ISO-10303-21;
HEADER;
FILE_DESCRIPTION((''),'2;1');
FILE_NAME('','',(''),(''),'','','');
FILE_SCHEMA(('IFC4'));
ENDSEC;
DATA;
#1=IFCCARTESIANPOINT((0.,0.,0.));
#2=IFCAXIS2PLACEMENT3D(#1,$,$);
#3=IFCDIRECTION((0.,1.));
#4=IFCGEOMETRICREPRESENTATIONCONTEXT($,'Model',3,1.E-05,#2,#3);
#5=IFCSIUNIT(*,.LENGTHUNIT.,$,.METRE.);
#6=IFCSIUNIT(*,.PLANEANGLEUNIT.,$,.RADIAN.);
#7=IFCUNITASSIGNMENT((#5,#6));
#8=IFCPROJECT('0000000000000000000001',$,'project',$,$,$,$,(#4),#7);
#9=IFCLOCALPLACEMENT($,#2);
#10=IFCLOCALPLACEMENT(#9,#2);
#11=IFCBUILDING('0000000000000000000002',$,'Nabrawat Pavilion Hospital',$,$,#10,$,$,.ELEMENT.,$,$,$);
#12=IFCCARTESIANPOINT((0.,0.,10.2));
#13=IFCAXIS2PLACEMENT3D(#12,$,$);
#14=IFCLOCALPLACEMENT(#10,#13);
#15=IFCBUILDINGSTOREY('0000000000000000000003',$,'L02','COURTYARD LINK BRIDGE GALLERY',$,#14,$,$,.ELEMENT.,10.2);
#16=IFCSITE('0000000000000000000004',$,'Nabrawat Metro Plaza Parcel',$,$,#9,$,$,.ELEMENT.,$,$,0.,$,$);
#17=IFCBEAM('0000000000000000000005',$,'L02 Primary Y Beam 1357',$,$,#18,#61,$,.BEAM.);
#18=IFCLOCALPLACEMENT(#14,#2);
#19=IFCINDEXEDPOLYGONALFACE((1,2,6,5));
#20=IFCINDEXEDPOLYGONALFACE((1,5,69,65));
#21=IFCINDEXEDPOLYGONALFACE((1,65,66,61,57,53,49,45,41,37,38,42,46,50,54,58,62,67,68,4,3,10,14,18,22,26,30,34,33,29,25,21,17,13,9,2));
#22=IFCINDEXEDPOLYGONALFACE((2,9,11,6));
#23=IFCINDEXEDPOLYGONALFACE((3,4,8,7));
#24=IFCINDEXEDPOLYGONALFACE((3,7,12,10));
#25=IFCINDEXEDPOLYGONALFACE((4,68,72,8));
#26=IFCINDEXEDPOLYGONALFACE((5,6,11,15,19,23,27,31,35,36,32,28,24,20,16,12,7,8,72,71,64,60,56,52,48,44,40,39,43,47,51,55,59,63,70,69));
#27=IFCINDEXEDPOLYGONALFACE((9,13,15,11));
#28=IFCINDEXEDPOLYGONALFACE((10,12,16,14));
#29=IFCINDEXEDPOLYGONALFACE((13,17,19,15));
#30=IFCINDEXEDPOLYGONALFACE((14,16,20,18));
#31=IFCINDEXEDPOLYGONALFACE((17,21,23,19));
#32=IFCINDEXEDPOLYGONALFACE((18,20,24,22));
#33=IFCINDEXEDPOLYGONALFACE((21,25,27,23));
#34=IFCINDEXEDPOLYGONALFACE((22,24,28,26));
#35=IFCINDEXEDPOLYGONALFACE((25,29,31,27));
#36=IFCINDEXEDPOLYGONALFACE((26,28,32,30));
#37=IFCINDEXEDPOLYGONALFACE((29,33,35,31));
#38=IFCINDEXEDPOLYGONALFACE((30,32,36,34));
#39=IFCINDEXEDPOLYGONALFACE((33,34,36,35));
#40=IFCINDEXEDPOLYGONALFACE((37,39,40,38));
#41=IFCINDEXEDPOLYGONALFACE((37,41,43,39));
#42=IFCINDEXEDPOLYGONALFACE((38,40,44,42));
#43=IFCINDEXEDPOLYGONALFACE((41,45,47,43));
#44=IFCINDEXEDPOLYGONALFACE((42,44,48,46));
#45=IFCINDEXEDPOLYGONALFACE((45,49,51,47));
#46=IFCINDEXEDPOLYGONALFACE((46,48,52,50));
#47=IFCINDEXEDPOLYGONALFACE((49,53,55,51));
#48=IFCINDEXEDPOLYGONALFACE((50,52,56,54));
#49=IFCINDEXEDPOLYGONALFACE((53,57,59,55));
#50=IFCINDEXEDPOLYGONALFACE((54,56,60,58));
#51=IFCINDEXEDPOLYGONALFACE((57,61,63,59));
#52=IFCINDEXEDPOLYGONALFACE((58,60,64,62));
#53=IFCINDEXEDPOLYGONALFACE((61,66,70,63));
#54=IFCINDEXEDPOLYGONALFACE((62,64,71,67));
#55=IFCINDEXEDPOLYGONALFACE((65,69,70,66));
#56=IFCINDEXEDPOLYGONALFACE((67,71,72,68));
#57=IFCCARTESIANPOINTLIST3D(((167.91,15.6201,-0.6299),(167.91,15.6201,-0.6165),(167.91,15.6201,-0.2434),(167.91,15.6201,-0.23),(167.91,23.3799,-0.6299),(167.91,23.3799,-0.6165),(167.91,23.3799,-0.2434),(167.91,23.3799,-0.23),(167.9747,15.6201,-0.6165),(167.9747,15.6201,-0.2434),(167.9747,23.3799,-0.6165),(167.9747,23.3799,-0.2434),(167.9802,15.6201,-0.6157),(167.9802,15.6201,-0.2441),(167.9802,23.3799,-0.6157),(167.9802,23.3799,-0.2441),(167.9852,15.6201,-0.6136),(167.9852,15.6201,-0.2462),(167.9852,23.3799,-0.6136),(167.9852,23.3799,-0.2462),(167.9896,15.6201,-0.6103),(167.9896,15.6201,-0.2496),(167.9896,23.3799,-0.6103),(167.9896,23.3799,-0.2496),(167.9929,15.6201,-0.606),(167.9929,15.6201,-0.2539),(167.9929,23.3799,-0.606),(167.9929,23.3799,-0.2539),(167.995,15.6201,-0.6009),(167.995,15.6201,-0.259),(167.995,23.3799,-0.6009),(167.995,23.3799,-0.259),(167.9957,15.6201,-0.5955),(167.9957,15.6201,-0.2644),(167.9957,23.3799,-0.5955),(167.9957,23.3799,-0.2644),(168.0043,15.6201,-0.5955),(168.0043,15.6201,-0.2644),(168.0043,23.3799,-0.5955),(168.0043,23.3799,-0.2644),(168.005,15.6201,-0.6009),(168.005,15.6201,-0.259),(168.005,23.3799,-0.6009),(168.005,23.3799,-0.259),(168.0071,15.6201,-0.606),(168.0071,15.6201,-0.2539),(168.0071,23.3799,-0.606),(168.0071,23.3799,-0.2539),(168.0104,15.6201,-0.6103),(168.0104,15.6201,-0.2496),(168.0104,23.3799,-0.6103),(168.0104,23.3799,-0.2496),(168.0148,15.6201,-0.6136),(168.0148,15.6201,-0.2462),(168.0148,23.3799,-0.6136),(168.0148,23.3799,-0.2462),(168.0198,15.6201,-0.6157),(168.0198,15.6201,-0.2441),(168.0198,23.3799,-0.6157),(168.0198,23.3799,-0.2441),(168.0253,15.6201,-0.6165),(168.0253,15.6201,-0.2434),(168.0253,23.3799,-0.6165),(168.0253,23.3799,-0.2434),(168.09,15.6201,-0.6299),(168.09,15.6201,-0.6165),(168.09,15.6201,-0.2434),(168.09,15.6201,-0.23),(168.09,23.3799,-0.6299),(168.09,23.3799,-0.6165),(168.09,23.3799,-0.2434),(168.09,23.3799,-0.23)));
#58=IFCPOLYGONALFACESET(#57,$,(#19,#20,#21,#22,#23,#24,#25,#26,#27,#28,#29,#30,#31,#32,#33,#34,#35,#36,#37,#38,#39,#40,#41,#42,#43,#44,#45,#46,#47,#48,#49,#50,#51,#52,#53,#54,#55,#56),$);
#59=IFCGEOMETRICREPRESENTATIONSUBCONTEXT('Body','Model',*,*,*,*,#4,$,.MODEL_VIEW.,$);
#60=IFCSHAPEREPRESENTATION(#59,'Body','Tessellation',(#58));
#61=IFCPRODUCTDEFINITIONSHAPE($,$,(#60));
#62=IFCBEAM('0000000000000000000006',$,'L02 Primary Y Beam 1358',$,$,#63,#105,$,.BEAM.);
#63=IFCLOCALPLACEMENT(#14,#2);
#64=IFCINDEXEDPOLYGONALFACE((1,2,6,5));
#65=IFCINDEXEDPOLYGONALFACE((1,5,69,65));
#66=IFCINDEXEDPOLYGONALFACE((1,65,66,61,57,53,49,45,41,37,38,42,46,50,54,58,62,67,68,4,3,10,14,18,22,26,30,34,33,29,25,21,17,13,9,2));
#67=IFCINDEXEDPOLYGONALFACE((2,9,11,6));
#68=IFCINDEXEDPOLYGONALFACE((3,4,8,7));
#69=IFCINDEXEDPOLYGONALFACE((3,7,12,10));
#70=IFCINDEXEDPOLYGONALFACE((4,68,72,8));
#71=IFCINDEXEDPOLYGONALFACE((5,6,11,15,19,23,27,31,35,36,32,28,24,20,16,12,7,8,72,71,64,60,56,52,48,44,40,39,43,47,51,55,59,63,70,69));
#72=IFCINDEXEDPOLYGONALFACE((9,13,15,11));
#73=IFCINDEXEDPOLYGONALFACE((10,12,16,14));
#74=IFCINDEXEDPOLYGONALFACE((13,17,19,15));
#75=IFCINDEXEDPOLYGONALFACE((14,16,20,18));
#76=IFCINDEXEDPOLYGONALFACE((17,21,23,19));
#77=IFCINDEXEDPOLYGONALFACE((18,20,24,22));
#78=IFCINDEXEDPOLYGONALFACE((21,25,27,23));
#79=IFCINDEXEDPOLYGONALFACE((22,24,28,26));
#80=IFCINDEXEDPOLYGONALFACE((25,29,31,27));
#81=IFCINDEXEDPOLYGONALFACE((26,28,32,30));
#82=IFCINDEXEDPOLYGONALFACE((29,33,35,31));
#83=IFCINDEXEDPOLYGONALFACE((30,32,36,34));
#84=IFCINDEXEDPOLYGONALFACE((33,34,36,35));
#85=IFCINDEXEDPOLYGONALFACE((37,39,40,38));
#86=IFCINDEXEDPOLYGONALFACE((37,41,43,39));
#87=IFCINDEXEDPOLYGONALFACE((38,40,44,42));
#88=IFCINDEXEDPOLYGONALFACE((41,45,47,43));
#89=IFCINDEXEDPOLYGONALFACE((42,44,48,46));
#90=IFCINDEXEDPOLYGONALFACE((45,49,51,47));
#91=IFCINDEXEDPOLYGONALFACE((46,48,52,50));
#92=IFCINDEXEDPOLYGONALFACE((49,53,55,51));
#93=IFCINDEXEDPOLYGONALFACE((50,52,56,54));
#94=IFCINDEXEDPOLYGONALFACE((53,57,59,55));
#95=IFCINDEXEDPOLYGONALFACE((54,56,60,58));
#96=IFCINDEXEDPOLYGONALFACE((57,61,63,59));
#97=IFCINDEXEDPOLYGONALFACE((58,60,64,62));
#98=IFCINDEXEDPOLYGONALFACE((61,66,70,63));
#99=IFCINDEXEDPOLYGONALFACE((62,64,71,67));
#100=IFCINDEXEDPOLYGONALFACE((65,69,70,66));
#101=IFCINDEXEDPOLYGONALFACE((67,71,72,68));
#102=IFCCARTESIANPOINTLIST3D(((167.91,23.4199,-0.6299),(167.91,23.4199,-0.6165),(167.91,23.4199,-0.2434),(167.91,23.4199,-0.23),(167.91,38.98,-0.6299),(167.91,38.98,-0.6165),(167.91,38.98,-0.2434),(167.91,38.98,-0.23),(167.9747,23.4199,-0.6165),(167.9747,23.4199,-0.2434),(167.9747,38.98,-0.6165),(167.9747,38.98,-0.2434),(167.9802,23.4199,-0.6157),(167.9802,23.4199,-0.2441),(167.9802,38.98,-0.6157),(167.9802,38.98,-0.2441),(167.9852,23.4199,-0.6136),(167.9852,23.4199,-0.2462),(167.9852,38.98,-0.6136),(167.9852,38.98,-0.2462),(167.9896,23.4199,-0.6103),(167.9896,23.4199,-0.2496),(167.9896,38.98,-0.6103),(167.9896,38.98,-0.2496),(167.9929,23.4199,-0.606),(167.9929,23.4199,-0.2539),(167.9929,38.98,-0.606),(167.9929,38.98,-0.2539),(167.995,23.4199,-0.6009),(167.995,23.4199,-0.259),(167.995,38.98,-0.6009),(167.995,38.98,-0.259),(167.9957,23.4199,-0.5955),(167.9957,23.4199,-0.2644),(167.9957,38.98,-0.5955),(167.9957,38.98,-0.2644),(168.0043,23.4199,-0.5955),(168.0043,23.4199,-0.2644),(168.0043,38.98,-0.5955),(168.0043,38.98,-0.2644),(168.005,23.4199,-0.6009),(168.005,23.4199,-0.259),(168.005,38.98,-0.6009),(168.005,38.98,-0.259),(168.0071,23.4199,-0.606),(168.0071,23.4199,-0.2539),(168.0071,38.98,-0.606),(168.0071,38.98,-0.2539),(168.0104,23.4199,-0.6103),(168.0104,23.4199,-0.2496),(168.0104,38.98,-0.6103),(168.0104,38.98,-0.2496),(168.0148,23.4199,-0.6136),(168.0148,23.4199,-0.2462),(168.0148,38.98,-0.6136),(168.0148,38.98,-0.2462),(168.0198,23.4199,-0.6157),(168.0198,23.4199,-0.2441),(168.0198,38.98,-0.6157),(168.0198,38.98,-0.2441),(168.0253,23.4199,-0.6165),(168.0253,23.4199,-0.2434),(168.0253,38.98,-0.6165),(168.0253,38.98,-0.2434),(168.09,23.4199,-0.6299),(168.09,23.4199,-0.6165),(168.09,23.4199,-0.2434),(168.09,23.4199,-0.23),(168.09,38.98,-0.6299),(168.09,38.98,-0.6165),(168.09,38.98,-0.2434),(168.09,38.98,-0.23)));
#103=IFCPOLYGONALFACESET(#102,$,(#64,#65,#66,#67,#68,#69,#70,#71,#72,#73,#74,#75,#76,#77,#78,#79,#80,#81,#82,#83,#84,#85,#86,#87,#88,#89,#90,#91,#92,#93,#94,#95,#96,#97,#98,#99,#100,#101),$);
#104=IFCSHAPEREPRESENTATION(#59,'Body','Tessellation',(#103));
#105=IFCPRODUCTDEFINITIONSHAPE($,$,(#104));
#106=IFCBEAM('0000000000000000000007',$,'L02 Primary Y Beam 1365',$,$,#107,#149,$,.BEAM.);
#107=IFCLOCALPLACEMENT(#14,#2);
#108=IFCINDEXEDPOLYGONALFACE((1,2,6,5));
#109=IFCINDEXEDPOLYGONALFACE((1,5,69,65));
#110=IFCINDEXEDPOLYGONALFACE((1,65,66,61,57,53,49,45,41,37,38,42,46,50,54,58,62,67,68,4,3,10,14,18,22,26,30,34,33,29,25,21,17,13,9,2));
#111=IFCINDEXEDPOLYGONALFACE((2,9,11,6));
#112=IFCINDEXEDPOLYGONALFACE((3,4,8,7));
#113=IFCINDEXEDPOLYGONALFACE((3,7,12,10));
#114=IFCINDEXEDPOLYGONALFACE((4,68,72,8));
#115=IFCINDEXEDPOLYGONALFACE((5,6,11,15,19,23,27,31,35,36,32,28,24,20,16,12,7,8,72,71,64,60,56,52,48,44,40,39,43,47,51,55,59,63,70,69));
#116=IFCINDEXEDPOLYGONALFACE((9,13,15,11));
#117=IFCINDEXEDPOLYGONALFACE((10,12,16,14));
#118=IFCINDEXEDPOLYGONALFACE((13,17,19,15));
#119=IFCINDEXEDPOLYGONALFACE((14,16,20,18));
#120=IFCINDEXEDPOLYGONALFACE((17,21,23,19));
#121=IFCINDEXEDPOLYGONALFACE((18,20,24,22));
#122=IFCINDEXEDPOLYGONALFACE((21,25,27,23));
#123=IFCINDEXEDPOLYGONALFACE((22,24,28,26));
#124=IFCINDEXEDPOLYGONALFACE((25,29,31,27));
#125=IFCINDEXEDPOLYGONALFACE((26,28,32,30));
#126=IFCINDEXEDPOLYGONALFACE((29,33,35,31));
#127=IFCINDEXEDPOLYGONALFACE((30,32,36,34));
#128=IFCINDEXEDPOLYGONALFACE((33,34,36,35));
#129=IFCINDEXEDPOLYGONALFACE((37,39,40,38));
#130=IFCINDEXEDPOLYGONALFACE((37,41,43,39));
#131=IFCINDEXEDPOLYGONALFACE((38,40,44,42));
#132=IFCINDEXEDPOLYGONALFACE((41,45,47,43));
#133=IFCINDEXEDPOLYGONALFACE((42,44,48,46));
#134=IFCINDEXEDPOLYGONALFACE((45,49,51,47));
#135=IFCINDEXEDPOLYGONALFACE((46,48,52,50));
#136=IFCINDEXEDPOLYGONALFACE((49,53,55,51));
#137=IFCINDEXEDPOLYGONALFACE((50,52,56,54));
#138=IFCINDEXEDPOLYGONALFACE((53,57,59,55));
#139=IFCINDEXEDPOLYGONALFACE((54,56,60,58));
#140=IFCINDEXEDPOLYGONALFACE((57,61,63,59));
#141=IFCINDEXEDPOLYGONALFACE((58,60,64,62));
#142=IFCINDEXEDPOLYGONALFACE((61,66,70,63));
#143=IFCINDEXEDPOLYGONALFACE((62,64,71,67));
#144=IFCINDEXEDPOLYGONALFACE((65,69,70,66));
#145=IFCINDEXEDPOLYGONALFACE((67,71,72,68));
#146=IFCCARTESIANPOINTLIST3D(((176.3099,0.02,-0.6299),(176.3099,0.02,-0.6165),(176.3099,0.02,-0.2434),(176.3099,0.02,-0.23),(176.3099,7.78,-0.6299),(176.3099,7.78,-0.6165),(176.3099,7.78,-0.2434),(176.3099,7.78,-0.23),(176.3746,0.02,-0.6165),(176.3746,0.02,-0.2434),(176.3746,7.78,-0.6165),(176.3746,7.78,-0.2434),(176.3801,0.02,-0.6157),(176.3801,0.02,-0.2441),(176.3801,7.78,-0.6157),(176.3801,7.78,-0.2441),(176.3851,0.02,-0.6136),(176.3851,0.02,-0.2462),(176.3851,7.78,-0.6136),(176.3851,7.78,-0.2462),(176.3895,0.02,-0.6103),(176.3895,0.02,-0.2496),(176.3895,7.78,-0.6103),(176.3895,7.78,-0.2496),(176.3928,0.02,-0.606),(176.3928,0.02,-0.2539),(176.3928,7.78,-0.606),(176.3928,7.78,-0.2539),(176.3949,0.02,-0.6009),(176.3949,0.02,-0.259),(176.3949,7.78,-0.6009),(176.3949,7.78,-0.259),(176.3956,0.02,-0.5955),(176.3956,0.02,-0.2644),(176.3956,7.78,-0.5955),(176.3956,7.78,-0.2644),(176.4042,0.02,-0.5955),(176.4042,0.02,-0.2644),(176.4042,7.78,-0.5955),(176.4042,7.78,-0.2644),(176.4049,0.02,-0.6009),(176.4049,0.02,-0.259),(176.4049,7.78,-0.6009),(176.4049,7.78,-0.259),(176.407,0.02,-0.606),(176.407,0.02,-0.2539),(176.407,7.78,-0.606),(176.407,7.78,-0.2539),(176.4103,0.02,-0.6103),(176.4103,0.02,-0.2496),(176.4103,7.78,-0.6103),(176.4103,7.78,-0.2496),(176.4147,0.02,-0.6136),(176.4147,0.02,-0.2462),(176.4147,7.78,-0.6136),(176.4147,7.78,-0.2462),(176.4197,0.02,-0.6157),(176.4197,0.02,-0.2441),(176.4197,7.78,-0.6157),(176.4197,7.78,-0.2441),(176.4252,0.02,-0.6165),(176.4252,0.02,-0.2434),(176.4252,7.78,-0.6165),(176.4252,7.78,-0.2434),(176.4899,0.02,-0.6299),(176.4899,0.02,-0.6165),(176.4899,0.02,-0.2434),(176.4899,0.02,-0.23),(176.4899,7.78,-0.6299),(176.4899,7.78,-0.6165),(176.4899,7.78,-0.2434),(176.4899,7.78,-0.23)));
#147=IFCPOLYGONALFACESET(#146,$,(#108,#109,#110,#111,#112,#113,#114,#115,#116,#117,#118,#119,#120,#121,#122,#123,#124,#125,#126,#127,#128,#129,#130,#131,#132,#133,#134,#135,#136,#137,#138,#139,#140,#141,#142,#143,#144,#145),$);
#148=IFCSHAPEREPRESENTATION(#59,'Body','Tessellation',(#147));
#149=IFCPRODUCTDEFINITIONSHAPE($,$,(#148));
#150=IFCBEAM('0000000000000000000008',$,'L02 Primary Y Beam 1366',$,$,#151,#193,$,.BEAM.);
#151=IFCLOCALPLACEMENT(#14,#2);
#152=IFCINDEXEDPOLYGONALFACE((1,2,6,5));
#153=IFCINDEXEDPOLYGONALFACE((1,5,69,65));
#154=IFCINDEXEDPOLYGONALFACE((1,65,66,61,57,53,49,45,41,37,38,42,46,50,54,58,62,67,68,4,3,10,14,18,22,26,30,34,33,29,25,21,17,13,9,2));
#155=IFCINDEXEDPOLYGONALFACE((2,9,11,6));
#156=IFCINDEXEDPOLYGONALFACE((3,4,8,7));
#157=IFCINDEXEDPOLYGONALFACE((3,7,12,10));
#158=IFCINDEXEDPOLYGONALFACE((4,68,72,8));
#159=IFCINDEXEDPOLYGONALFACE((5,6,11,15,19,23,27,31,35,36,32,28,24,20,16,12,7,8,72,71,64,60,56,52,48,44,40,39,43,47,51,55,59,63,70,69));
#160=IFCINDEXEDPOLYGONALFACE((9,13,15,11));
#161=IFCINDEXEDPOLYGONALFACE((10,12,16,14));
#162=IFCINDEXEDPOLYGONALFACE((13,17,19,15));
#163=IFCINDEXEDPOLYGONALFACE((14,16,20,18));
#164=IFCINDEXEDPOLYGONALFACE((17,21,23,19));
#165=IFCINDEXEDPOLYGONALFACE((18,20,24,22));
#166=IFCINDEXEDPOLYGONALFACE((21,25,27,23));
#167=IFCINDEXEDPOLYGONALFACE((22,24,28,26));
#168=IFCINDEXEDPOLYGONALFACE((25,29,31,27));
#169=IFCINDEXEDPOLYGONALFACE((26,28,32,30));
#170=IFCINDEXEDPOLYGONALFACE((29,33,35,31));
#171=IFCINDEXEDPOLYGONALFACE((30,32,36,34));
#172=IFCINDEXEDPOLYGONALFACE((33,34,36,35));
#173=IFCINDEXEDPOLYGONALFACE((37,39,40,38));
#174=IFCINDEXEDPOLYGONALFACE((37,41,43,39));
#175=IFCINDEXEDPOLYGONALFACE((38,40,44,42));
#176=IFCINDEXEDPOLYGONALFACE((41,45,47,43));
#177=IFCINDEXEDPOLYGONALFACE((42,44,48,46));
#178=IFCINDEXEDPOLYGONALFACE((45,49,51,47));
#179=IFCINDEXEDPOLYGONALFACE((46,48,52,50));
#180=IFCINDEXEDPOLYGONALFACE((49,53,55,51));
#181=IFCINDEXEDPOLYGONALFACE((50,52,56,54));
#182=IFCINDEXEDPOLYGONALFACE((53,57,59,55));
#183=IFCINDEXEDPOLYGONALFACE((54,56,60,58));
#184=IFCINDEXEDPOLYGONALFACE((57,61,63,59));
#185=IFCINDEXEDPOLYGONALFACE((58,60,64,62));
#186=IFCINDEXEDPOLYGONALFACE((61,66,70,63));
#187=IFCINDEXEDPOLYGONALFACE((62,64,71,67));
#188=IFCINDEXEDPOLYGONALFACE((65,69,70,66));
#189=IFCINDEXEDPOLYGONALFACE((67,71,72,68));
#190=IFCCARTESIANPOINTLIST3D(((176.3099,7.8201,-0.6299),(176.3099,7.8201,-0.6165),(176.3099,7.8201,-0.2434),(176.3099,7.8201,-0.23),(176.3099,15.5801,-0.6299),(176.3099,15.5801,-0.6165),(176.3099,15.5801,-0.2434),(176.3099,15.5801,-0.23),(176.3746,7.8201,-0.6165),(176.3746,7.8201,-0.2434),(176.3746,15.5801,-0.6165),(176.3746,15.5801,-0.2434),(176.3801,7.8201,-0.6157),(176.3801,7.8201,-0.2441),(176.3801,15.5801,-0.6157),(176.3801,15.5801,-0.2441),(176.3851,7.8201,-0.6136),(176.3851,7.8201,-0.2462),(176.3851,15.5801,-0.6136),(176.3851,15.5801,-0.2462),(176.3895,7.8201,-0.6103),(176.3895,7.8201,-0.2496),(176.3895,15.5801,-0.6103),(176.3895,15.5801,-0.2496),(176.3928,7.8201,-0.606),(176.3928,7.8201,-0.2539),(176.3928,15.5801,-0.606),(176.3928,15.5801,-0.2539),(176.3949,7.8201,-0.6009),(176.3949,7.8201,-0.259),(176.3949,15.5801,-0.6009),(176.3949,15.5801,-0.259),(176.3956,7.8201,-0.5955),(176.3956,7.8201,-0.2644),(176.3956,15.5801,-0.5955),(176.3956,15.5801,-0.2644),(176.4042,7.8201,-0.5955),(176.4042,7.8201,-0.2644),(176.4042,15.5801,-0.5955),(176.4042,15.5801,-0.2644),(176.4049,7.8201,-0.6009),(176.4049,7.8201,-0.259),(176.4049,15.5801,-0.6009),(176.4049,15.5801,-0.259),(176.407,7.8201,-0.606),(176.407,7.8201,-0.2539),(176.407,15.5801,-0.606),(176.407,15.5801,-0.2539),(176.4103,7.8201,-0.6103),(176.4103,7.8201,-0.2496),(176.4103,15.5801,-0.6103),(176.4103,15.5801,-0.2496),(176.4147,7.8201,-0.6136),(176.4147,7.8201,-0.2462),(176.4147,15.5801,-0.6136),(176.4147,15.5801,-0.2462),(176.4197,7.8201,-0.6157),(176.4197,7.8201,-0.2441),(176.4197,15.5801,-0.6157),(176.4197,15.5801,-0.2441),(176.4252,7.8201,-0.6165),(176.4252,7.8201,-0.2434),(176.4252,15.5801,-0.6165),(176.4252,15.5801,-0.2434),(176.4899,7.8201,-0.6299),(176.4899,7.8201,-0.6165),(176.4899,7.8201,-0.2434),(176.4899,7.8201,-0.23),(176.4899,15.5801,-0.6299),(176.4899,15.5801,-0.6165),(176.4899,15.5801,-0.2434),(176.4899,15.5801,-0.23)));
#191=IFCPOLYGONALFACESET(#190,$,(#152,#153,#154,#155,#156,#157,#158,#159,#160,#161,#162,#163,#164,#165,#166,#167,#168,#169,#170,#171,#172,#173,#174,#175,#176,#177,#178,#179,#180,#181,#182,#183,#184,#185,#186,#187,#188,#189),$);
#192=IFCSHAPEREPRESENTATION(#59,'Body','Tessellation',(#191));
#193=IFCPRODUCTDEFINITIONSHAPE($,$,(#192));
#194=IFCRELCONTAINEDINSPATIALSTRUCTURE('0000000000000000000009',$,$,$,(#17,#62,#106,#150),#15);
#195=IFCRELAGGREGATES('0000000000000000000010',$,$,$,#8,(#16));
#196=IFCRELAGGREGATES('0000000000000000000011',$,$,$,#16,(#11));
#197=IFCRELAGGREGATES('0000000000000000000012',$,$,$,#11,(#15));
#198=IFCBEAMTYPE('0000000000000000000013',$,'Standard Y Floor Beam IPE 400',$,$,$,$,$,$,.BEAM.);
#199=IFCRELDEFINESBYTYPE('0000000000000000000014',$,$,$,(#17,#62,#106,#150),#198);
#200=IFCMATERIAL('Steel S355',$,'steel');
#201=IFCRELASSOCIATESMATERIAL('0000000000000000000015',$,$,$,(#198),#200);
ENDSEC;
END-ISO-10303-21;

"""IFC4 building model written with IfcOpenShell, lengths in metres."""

from ifc_helpers import new_model, si_unit, direction, frame, origin, origin_2d, place, context, subcontext, project, spatial, i_section, extrude, material, material_profile, profile_set, type_object, element, save


model = new_model("IFC4")

# Units and contexts
model_context = context("Model", 3, precision=1e-05, world=origin(), true_north=direction((0.0, 1.0)))
body_context = subcontext(model_context, "Body", "Model", "MODEL_VIEW")
ifc_project = project(units=[si_unit("LENGTHUNIT", "METRE"), si_unit("PLANEANGLEUNIT", "RADIAN")], contexts=[model_context])

# Site, building, storey
site_placement = place(None, origin())
site = spatial("IfcSite", under=ifc_project, at=site_placement, Name="Nabrawat Metro Plaza Parcel", CompositionType="ELEMENT", RefElevation=0.0)
building_placement = place(site_placement, origin())
building = spatial("IfcBuilding", under=site, at=building_placement, Name="Nabrawat Pavilion Hospital", CompositionType="ELEMENT")
storey_placement = place(building_placement, frame((0.0, 0.0, 10.2)))
storey = spatial("IfcBuildingStorey", under=building, at=storey_placement, Name="L02", Description="COURTYARD LINK BRIDGE GALLERY", CompositionType="ELEMENT", Elevation=10.2)

# Shared definitions
ifc_material_1 = material(Name="Steel S355", Category="steel")

# Beams
ifc_material_profile_1 = material_profile(ifc_material_1, i_section(OverallWidth=0.1799, OverallDepth=0.3999, WebThickness=0.0085, FlangeThickness=0.0134, FilletRadius=0.021, at=origin_2d()), Name="IPE 400")
ifc_profile_set_1 = profile_set([ifc_material_profile_1], Name="Steel S355")
beam_type_1 = type_object("IfcBeamType", Name="Standard Y Floor Beam IPE 400", PredefinedType="BEAM", material=ifc_profile_set_1)
beam_1_placement = place(storey_placement, frame((168.0, 15.6201, -0.4299), z_axis=(0.0, 1.0, 0.0), x_axis=(-1.0, 0.0, 0.0)))
element("IfcBeam", 1, at=beam_1_placement, inside=storey, type_object=beam_type_1, Name="L02 Primary Y Beam 1357", PredefinedType="BEAM", context=body_context, shape_type="SweptSolid", body=[
    extrude(i_section(OverallWidth=0.1799, OverallDepth=0.3999, WebThickness=0.0085, FlangeThickness=0.0134, FilletRadius=0.021, at=origin_2d()), origin(), (0.0, 0.0, 1.0), 7.7598),
])
beam_2_placement = place(storey_placement, frame((168.0, 23.4199, -0.4299), z_axis=(0.0, 1.0, 0.0), x_axis=(-1.0, 0.0, 0.0)))
element("IfcBeam", 2, at=beam_2_placement, inside=storey, type_object=beam_type_1, Name="L02 Primary Y Beam 1358", PredefinedType="BEAM", context=body_context, shape_type="SweptSolid", body=[
    extrude(i_section(OverallWidth=0.1799, OverallDepth=0.3999, WebThickness=0.0085, FlangeThickness=0.0134, FilletRadius=0.021, at=origin_2d()), origin(), (0.0, 0.0, 1.0), 15.5601),
])
for number, where, z_axis, x_axis, name in (
    (3, (176.3999, 0.02, -0.4299), (0.0, 1.0, 0.0), (-1.0, 0.0, 0.0), "L02 Primary Y Beam 1365"),
    (4, (176.3999, 7.8201, -0.4299), (0.0, 1.0, 0.0), (-1.0, 0.0, 0.0), "L02 Primary Y Beam 1366"),
):
    element("IfcBeam", number, at=place(storey_placement, frame(where, z_axis=z_axis, x_axis=x_axis)), inside=storey, type_object=beam_type_1, Name=name, PredefinedType="BEAM", context=body_context, shape_type="SweptSolid", body=[
        extrude(i_section(OverallWidth=0.1799, OverallDepth=0.3999, WebThickness=0.0085, FlangeThickness=0.0134, FilletRadius=0.021, at=origin_2d()), origin(), (0.0, 0.0, 1.0), 7.76),
    ])

save(model, "model.ifc")
